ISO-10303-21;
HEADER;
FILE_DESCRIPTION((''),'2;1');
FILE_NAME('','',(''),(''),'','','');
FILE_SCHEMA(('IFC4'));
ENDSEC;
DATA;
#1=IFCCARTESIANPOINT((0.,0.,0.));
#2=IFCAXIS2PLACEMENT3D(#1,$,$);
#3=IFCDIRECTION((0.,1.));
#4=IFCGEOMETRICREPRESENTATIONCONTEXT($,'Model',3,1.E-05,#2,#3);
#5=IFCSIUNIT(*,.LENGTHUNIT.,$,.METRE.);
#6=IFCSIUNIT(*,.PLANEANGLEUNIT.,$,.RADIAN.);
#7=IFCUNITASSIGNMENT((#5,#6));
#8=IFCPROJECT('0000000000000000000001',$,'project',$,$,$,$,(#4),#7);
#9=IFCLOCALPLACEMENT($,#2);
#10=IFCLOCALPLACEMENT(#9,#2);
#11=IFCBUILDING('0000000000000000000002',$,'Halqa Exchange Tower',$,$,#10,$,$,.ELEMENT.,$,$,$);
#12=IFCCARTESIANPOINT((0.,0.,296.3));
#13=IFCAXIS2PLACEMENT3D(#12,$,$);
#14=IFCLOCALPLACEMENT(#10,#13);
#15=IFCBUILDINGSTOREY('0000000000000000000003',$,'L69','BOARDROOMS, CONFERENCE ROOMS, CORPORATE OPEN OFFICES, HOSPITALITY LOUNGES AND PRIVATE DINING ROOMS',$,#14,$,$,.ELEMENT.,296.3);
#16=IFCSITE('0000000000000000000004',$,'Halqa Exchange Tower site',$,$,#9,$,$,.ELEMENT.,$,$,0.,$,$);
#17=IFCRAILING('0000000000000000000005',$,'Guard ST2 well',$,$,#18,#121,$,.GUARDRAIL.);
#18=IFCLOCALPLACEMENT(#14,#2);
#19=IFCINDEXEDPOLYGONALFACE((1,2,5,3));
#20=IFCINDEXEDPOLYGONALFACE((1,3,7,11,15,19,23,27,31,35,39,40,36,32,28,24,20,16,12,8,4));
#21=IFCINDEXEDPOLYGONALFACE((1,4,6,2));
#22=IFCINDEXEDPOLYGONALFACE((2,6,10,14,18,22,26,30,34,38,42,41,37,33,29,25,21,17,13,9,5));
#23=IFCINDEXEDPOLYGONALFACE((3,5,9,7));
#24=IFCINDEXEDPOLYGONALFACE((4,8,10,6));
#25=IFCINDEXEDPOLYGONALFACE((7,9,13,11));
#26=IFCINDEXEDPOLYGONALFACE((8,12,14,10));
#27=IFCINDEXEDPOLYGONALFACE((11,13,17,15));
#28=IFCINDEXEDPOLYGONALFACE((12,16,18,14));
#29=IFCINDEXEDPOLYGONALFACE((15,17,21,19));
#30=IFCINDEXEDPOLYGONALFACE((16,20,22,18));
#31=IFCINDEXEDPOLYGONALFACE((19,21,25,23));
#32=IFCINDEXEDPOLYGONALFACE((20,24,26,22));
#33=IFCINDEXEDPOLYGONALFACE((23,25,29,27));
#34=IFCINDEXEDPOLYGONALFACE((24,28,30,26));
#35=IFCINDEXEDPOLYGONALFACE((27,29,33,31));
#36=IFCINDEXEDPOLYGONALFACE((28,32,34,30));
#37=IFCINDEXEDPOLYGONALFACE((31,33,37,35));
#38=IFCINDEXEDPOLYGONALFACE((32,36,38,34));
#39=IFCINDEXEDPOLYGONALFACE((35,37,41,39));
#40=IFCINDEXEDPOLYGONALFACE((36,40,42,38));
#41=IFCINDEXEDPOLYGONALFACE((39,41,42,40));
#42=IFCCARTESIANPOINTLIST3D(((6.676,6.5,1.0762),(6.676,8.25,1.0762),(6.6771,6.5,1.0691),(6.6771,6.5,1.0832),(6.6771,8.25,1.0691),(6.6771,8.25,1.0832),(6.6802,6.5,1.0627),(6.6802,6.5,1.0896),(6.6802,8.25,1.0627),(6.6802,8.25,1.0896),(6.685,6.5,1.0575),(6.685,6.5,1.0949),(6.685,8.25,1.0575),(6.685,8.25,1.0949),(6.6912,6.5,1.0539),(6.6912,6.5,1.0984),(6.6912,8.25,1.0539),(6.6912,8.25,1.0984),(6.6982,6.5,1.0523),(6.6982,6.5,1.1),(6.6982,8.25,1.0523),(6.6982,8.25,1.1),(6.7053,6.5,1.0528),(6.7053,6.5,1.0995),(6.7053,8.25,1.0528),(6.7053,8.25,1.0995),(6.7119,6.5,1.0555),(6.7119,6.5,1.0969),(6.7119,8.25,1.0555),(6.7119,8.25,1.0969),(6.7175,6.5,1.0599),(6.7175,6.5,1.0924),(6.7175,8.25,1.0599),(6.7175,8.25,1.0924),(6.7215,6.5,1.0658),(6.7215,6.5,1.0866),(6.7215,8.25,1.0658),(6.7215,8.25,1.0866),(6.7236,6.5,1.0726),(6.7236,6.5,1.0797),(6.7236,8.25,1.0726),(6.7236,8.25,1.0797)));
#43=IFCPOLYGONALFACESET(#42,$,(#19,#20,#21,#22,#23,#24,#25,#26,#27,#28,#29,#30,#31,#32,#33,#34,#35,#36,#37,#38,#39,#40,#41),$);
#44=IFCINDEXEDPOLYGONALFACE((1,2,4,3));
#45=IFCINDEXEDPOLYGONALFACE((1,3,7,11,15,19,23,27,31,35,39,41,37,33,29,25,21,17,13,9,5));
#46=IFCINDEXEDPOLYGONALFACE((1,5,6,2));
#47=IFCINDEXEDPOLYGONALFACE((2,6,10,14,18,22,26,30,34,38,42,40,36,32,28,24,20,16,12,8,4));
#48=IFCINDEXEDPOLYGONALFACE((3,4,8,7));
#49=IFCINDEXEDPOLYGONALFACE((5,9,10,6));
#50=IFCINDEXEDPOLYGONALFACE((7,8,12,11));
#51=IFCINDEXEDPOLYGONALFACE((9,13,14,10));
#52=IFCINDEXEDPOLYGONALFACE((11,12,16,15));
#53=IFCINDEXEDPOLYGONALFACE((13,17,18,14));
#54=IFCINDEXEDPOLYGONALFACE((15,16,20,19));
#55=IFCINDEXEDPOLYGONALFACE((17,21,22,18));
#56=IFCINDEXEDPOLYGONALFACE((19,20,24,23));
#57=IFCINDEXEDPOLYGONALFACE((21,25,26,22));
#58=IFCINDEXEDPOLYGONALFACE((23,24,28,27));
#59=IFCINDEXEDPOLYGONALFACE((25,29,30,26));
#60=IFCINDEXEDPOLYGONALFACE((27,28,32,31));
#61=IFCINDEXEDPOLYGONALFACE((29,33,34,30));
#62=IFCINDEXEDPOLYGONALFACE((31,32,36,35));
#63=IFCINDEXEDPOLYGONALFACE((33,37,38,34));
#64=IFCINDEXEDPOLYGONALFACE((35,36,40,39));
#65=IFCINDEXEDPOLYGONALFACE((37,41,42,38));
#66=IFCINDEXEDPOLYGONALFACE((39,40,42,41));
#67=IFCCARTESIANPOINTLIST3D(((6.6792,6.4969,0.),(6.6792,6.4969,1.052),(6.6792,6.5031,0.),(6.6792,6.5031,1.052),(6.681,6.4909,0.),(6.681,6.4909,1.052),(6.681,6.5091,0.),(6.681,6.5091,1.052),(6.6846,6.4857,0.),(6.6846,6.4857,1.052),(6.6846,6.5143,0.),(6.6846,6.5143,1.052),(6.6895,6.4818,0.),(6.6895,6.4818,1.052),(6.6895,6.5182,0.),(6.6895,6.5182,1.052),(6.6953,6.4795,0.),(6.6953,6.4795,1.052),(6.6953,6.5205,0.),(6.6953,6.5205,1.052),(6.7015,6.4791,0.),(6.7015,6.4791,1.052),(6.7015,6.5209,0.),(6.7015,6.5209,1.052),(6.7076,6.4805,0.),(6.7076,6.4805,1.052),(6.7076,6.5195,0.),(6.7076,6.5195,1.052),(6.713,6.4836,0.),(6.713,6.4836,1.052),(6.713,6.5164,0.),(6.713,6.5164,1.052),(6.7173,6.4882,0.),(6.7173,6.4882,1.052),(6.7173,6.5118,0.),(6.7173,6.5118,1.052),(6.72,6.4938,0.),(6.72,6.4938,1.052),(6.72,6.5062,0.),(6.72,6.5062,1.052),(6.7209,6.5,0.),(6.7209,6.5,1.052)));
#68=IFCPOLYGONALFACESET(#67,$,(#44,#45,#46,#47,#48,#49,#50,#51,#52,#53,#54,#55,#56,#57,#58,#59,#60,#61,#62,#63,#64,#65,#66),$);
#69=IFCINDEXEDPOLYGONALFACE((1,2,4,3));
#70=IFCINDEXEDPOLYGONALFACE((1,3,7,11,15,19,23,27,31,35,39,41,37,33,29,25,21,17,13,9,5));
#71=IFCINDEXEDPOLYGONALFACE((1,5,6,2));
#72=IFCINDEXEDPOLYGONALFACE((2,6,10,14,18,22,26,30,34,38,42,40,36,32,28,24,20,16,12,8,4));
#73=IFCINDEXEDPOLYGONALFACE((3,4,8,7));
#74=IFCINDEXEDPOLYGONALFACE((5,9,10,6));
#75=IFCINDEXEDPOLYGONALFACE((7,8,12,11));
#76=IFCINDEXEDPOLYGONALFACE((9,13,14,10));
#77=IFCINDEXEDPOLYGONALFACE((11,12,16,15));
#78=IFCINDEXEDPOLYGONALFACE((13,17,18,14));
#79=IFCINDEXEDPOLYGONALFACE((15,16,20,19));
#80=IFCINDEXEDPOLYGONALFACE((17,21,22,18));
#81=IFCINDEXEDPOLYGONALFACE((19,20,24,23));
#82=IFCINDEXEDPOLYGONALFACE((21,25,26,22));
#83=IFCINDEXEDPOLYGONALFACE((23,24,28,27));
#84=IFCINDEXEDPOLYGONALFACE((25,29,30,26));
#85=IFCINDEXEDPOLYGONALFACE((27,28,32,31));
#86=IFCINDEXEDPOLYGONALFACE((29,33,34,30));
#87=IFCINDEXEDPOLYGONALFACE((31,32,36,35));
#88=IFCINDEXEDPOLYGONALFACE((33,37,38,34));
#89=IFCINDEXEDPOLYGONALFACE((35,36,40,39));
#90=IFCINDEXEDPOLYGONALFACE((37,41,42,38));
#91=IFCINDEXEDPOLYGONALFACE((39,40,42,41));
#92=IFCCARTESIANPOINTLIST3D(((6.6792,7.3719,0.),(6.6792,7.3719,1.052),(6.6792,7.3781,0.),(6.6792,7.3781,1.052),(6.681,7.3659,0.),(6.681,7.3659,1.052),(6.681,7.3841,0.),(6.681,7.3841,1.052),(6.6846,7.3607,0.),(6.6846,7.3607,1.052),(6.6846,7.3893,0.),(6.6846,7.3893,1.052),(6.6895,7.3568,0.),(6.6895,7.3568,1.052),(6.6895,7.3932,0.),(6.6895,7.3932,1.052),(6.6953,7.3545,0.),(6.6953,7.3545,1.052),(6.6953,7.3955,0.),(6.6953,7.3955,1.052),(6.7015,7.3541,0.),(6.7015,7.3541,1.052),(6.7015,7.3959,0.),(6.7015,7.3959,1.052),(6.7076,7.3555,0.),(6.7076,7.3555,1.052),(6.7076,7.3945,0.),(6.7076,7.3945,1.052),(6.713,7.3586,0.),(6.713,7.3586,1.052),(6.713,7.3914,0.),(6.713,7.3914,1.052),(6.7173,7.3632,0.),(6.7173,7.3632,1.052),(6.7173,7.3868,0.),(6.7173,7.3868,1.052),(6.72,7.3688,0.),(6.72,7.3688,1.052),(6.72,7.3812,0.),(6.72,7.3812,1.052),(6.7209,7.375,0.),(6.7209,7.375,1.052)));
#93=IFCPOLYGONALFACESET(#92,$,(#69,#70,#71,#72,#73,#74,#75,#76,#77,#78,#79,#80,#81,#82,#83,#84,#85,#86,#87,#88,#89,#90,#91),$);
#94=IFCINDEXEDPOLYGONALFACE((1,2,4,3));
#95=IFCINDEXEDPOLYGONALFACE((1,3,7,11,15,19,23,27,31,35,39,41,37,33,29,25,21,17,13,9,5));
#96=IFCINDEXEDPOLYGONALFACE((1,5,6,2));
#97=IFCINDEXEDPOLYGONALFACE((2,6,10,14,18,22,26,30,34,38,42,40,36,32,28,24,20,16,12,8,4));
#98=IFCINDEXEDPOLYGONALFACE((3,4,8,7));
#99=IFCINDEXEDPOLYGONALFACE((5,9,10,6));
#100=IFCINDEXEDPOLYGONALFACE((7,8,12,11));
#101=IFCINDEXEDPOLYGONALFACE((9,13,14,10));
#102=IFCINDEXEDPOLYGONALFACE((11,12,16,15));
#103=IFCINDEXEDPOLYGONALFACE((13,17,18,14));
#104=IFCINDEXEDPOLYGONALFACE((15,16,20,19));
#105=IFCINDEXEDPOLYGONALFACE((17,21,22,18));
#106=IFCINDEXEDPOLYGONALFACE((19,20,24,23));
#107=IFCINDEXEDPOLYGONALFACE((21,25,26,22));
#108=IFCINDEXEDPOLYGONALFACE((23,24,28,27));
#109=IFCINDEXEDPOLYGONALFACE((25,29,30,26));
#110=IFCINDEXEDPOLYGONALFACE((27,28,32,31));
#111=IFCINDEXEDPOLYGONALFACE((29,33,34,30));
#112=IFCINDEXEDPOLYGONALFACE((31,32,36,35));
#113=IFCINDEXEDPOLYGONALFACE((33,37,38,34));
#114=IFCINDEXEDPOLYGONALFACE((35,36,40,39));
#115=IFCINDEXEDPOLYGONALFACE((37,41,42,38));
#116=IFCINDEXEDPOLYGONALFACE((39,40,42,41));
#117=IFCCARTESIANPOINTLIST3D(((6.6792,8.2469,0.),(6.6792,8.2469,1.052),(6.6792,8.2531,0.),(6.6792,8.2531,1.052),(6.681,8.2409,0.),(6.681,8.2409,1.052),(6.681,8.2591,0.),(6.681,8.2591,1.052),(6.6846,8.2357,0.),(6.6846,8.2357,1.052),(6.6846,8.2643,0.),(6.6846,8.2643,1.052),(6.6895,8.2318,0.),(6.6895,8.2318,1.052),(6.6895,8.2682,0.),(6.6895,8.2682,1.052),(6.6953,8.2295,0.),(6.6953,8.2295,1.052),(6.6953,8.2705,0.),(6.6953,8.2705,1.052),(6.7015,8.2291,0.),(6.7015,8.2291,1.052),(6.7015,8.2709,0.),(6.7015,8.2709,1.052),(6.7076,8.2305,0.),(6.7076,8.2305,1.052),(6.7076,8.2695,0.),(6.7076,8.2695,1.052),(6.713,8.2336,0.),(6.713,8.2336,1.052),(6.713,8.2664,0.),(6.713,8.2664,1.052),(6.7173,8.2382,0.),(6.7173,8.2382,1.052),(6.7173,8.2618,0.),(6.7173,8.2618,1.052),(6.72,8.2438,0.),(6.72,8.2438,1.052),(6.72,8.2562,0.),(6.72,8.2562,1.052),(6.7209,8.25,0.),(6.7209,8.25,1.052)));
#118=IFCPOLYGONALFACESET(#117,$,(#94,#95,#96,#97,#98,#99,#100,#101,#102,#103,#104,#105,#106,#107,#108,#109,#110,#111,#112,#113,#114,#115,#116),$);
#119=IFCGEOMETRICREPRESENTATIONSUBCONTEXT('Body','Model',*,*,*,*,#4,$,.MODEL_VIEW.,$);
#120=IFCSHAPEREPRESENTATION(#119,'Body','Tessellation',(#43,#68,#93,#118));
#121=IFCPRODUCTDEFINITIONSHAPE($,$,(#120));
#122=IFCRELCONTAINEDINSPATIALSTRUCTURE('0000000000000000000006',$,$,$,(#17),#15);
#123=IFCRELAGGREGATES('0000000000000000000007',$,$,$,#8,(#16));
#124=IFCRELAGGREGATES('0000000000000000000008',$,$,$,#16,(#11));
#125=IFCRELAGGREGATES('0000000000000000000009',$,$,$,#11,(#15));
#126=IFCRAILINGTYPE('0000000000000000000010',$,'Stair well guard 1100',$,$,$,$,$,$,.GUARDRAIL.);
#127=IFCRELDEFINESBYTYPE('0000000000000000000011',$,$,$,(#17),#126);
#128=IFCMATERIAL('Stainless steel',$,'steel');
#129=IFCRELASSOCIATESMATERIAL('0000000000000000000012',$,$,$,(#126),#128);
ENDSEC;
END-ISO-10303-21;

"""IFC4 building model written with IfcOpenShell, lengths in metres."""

from ifc_helpers import new_model, si_unit, direction, frame, origin, origin_2d, place, context, subcontext, project, spatial, circle, extrude, material, type_object, element, save


model = new_model("IFC4")

# Units and contexts
model_context = context("Model", 3, precision=1e-05, world=origin(), true_north=direction((0.0, 1.0)))
body_context = subcontext(model_context, "Body", "Model", "MODEL_VIEW")
ifc_project = project(units=[si_unit("LENGTHUNIT", "METRE"), si_unit("PLANEANGLEUNIT", "RADIAN")], contexts=[model_context])

# Site, building, storey
site_placement = place(None, origin())
site = spatial("IfcSite", under=ifc_project, at=site_placement, Name="Halqa Exchange Tower site", CompositionType="ELEMENT", RefElevation=0.0)
building_placement = place(site_placement, origin())
building = spatial("IfcBuilding", under=site, at=building_placement, Name="Halqa Exchange Tower", CompositionType="ELEMENT")
storey_placement = place(building_placement, frame((0.0, 0.0, 296.3)))
storey = spatial("IfcBuildingStorey", under=building, at=storey_placement, Name="L69", Description="BOARDROOMS, CONFERENCE ROOMS, CORPORATE OPEN OFFICES, HOSPITALITY LOUNGES AND PRIVATE DINING ROOMS", CompositionType="ELEMENT", Elevation=296.3)

# Railing
ifc_material_1 = material(Name="Stainless steel", Category="steel")
railing_type_1 = type_object("IfcRailingType", Name="Stair well guard 1100", PredefinedType="GUARDRAIL", material=ifc_material_1)
railing_1_placement = place(storey_placement, frame((6.7, 6.5, 0.0)))
element("IfcRailing", 1, at=railing_1_placement, inside=storey, type_object=railing_type_1, Name="Guard ST2 well", PredefinedType="GUARDRAIL", context=body_context, shape_type="SweptSolid", body=[
    extrude(circle(Radius=0.0239, at=origin_2d()), frame((0.0, 0.0, 1.0762), z_axis=(0.0, 1.0, 0.0), x_axis=(-1.0, 0.0, 0.0)), (0.0, 0.0, 1.0), 1.75),
    extrude(circle(Radius=0.021, at=origin_2d()), origin(), (0.0, 0.0, 1.0), 1.052),
    extrude(circle(Radius=0.021, at=origin_2d()), frame((0.0, 0.875, 0.0)), (0.0, 0.0, 1.0), 1.052),
    extrude(circle(Radius=0.021, at=origin_2d()), frame((0.0, 1.75, 0.0)), (0.0, 0.0, 1.0), 1.052),
])

save(model, "model.ifc")
